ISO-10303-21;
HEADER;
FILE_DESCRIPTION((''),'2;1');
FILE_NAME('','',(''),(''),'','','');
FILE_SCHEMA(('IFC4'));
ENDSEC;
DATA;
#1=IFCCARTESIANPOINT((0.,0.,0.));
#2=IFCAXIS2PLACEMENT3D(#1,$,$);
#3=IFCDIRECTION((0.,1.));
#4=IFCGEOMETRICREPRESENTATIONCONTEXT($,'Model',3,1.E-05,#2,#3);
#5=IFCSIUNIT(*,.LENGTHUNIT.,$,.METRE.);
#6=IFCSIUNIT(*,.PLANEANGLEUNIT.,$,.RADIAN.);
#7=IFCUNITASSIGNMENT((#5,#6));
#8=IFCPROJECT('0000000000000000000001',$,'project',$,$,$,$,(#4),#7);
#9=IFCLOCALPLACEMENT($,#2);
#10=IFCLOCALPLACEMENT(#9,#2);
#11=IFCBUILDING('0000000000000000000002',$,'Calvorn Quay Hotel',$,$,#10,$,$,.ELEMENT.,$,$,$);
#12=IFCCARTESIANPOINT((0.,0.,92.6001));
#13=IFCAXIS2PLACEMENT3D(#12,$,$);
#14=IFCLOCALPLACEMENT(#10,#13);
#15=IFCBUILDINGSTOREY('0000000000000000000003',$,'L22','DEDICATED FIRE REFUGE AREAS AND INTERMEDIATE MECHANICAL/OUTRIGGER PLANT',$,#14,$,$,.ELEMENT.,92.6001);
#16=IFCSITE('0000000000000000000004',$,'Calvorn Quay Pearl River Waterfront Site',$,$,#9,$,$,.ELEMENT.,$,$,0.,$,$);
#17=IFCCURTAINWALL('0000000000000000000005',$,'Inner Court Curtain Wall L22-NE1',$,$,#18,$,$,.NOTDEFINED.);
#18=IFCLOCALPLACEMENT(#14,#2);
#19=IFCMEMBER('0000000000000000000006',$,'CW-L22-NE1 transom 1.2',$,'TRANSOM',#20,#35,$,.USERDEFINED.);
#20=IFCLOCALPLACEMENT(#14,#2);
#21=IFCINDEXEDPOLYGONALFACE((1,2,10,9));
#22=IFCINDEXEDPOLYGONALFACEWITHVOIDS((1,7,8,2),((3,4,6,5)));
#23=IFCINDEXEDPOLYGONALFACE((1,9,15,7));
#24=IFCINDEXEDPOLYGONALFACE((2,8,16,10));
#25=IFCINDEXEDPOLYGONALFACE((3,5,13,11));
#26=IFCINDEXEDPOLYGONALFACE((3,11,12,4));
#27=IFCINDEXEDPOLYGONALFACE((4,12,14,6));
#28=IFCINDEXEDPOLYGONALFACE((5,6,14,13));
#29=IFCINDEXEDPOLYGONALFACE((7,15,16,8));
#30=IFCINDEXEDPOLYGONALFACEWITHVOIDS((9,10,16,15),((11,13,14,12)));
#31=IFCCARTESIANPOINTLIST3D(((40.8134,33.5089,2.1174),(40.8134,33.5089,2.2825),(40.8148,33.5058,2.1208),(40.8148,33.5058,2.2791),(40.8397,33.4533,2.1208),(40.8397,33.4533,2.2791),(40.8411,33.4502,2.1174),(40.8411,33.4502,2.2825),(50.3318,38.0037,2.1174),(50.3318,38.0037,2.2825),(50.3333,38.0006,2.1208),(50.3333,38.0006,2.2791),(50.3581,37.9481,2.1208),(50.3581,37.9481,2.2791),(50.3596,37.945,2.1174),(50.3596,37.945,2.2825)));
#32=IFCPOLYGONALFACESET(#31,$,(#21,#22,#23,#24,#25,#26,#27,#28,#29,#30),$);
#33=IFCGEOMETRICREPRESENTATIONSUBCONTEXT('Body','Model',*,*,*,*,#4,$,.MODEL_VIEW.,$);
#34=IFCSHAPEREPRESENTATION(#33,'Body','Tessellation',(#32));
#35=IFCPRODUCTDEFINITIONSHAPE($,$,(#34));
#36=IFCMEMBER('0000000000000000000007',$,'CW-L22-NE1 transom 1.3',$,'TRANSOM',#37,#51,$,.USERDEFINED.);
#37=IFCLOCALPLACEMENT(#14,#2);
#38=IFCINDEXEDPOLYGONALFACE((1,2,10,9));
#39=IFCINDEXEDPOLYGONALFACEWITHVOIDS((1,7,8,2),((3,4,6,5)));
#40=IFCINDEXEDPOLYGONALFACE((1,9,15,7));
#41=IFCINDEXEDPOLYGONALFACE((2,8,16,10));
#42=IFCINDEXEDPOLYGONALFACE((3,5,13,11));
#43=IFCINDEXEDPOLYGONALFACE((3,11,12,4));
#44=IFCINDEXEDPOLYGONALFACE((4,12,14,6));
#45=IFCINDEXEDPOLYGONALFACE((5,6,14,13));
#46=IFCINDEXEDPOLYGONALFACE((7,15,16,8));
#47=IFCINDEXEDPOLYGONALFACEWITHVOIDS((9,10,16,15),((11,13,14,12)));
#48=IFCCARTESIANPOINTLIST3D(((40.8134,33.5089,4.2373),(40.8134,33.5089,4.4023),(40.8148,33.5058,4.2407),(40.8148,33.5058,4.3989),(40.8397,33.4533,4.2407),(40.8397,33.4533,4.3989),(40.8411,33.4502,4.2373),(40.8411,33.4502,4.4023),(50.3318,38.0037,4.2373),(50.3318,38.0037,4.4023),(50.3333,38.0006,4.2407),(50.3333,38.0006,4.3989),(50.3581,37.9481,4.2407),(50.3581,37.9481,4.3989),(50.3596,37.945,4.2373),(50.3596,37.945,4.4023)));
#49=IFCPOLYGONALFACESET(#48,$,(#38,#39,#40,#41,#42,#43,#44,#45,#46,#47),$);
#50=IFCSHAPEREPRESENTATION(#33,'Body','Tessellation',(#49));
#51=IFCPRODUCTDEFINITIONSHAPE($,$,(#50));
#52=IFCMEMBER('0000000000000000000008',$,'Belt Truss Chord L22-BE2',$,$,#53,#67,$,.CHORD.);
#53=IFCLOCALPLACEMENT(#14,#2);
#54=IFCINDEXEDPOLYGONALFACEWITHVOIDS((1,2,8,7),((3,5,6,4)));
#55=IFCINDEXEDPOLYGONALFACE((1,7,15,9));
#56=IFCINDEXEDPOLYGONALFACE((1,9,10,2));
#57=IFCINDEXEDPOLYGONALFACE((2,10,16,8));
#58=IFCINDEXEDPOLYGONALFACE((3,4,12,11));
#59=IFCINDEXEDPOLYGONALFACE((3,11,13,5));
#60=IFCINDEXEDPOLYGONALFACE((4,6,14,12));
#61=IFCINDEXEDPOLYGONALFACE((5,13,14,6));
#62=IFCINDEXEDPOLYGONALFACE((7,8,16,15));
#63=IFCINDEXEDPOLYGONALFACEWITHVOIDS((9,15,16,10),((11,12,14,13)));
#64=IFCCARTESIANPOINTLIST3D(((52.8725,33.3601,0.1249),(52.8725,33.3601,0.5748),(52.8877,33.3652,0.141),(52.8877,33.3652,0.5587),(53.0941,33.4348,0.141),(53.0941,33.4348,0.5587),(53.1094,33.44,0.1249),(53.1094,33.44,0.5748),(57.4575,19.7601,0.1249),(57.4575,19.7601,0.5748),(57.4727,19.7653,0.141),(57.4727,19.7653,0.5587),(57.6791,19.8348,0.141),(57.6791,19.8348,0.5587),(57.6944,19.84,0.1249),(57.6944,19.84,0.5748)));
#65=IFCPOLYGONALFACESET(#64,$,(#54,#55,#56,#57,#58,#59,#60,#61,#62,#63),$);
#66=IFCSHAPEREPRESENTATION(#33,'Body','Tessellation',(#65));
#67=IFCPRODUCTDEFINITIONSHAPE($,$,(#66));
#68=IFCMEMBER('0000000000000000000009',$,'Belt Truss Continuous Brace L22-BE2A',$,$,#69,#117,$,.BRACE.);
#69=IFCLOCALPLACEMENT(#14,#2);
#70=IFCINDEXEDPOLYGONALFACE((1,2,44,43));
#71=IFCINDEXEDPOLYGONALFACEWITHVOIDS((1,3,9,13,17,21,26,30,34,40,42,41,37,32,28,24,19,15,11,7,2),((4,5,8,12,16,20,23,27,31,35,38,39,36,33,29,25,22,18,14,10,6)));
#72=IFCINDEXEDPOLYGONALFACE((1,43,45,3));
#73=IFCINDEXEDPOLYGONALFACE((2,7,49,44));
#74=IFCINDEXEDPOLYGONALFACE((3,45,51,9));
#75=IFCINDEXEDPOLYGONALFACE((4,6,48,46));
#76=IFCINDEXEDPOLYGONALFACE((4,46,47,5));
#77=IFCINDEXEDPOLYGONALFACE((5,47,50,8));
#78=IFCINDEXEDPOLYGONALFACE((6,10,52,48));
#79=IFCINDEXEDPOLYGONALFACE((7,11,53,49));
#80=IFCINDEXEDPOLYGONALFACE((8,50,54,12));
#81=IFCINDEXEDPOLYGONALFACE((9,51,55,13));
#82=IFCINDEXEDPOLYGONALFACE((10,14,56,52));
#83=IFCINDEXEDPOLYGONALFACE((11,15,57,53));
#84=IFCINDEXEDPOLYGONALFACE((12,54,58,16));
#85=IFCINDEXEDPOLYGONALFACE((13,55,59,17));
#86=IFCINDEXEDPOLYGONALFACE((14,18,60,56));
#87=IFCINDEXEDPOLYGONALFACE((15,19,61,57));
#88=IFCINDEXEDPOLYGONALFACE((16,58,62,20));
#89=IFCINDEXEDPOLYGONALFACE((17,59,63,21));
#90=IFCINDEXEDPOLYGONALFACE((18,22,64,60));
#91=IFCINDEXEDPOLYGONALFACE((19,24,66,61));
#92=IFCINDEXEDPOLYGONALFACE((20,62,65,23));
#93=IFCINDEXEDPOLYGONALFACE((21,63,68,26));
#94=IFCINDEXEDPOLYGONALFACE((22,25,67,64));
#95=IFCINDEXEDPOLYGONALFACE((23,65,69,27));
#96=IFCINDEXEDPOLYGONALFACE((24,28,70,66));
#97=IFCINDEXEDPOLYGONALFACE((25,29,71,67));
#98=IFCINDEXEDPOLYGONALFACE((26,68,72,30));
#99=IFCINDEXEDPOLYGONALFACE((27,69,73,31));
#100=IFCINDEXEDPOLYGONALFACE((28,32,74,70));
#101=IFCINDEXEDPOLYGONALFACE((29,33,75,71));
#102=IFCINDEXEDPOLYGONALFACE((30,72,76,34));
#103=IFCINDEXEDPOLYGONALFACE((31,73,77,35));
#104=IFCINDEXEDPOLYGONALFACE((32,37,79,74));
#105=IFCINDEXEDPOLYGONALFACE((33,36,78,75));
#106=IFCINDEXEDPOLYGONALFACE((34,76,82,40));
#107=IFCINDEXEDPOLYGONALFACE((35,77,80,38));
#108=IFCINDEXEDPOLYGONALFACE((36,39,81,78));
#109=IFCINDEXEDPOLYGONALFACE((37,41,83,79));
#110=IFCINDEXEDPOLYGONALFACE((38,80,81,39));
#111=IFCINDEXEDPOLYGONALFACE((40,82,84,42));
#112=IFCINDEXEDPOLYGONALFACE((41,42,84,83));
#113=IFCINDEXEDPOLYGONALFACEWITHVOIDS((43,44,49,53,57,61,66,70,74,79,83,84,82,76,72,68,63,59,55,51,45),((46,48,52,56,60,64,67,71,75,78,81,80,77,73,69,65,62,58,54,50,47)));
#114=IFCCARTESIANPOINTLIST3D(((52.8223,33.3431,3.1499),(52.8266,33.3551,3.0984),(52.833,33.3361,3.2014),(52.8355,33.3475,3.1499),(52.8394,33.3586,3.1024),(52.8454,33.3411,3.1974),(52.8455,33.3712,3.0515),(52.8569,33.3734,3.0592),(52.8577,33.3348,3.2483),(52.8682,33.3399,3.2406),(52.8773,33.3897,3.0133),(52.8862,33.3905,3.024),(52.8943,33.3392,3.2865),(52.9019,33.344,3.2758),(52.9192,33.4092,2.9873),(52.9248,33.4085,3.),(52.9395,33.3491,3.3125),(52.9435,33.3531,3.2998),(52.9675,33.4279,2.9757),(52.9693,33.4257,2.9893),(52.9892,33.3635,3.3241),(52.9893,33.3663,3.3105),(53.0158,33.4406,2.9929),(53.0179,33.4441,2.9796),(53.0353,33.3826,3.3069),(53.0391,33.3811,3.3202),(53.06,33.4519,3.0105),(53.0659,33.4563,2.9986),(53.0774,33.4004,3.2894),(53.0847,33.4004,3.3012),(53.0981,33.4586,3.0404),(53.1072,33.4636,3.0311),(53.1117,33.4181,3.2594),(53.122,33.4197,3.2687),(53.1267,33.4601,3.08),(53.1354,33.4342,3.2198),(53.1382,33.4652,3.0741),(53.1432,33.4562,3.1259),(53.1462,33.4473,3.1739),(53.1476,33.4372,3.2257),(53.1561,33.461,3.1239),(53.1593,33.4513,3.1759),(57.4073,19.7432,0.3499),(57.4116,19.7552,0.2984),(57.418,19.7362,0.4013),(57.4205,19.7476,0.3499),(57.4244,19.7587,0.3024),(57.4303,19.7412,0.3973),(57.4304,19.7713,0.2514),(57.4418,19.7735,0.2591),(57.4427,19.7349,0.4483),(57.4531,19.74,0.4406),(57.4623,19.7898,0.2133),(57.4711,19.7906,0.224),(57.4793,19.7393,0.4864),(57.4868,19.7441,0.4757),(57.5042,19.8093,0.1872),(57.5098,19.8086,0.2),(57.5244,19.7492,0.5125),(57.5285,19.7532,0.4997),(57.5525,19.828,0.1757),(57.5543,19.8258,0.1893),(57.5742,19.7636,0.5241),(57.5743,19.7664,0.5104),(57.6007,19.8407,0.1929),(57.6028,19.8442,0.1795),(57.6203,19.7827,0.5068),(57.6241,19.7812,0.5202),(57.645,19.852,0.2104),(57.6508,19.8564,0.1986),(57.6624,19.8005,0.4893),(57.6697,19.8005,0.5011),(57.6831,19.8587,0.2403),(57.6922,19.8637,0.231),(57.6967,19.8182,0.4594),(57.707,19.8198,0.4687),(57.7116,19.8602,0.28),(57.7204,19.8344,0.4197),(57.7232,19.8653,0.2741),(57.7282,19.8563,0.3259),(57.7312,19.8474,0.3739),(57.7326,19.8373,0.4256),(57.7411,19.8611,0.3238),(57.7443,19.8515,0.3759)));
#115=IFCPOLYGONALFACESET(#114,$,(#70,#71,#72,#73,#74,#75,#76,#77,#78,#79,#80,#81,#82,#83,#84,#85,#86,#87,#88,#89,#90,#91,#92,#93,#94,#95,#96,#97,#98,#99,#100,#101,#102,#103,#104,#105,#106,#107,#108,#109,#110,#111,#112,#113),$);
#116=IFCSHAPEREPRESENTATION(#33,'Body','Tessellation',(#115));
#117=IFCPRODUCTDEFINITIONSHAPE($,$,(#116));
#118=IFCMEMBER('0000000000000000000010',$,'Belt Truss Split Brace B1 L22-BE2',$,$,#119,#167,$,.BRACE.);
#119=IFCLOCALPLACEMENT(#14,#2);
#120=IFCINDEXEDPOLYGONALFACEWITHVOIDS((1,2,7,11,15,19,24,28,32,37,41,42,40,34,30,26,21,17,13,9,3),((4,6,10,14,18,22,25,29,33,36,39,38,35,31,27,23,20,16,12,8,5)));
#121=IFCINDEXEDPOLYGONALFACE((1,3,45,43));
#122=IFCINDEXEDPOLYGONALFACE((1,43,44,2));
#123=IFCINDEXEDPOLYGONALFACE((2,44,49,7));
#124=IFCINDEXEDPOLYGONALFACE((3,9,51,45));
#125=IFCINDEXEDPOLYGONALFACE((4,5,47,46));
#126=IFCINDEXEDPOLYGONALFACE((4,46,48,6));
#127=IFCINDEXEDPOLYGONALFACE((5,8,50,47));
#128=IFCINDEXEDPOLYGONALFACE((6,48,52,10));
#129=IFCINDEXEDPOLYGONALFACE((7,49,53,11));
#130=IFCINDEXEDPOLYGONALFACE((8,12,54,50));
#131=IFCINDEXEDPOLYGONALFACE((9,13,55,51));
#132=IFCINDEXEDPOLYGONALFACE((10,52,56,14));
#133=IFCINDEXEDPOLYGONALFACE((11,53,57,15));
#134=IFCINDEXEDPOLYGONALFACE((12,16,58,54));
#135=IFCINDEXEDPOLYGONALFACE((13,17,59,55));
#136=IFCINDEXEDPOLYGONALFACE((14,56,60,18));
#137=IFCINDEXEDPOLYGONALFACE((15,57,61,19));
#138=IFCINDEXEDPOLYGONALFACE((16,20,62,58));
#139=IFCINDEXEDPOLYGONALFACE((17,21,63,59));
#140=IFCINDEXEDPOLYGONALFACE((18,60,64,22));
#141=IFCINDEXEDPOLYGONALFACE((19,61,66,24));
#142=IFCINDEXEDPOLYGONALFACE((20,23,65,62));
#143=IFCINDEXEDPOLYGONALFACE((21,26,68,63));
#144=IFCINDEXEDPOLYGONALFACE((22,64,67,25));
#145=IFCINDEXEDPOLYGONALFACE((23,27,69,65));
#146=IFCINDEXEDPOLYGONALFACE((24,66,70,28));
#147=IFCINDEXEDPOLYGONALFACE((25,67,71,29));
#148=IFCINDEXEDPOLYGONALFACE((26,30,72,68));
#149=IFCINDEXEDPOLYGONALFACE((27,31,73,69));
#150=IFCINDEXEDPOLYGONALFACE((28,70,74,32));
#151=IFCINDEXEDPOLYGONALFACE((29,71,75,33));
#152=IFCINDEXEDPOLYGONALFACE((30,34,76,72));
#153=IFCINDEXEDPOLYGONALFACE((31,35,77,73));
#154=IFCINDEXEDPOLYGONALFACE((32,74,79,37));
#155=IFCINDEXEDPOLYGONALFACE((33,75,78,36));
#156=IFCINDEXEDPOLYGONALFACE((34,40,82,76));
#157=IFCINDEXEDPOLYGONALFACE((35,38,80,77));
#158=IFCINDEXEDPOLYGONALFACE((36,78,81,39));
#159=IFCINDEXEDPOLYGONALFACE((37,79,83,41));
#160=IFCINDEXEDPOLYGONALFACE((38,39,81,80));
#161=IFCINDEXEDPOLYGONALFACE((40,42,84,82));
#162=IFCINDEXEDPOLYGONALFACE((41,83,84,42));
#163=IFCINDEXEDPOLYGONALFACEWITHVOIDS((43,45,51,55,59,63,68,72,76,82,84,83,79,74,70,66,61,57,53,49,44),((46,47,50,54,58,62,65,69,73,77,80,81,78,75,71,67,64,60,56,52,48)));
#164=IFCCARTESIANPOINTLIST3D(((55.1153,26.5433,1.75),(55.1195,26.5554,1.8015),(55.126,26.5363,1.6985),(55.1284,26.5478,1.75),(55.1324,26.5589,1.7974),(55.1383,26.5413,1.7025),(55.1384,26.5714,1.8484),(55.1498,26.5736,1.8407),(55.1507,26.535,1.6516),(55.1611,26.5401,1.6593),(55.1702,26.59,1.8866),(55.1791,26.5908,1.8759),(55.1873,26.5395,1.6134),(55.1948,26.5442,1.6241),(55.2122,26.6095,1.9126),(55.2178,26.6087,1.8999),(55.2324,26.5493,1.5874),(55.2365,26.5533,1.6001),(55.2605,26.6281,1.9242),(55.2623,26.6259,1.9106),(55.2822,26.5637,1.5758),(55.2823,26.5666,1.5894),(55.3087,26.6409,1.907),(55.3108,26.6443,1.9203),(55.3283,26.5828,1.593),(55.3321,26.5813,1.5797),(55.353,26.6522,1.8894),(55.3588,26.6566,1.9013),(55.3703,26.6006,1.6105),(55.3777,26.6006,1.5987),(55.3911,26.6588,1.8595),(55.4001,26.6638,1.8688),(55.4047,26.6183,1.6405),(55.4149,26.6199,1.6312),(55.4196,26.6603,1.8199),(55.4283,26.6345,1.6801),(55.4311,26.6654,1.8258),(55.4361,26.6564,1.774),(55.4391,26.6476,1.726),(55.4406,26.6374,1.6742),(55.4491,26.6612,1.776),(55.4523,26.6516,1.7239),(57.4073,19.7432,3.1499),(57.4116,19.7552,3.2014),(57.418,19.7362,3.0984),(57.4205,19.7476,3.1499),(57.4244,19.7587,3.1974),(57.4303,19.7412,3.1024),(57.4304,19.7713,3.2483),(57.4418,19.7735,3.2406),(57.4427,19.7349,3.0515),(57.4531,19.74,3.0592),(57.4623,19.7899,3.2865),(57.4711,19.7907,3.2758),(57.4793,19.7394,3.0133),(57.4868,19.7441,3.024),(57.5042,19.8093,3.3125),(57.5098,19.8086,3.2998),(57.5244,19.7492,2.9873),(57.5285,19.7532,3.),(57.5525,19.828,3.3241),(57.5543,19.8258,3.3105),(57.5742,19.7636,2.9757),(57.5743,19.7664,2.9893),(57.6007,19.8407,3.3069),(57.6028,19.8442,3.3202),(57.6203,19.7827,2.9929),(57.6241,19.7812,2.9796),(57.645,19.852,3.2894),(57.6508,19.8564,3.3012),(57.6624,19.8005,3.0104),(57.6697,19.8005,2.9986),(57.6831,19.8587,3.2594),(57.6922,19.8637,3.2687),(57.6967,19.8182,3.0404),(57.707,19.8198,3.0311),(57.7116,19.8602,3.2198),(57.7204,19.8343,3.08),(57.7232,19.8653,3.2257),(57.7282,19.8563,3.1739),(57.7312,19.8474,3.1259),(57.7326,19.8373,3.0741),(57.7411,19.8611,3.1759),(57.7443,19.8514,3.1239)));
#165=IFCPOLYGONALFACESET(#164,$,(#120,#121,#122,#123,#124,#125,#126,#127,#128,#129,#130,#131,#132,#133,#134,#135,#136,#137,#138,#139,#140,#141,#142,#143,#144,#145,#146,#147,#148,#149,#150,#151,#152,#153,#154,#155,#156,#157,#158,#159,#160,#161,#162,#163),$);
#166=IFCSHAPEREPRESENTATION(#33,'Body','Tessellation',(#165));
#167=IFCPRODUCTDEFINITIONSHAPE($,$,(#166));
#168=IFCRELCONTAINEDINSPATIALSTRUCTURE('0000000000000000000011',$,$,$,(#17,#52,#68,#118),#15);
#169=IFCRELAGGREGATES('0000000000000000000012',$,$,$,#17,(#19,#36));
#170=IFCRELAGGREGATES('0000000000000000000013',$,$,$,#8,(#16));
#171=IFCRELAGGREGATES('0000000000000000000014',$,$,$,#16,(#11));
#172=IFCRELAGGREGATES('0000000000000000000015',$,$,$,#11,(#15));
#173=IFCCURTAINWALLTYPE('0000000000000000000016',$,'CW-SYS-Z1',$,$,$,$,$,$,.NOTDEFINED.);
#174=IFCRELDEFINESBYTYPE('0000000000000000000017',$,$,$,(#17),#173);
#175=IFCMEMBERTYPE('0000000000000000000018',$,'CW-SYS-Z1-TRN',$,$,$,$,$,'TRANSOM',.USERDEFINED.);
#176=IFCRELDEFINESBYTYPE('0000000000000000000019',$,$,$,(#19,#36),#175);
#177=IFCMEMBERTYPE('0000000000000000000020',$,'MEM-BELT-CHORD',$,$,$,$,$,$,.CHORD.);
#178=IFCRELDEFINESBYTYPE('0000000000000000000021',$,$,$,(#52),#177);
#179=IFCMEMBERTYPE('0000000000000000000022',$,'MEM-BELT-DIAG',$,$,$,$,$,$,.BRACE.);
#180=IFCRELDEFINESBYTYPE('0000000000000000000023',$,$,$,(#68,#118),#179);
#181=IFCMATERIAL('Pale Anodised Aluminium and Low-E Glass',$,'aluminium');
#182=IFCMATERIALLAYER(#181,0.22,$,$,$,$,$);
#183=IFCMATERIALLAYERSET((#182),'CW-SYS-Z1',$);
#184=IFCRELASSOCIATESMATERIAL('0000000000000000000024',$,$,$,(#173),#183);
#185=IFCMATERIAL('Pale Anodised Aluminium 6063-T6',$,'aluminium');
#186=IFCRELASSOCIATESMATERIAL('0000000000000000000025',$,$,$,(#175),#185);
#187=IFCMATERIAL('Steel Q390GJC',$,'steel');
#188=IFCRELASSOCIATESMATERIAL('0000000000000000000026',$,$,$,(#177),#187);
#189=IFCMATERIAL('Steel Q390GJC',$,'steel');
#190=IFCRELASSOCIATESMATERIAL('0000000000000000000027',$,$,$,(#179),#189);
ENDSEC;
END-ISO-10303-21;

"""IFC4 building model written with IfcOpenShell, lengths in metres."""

from ifc_helpers import new_model, si_unit, direction, frame, origin, origin_2d, place, context, subcontext, project, spatial, hollow_rectangle, hollow_circle, extrude, material, layer, layer_set, material_profile, profile_set, type_object, element, aggregate, save


model = new_model("IFC4")

# Units and contexts
model_context = context("Model", 3, precision=1e-05, world=origin(), true_north=direction((0.0, 1.0)))
body_context = subcontext(model_context, "Body", "Model", "MODEL_VIEW")
ifc_project = project(units=[si_unit("LENGTHUNIT", "METRE"), si_unit("PLANEANGLEUNIT", "RADIAN")], contexts=[model_context])

# Site, building, storey
site_placement = place(None, origin())
site = spatial("IfcSite", under=ifc_project, at=site_placement, Name="Calvorn Quay Pearl River Waterfront Site", CompositionType="ELEMENT", RefElevation=0.0)
building_placement = place(site_placement, origin())
building = spatial("IfcBuilding", under=site, at=building_placement, Name="Calvorn Quay Hotel", CompositionType="ELEMENT")
storey_placement = place(building_placement, frame((0.0, 0.0, 92.6001)))
storey = spatial("IfcBuildingStorey", under=building, at=storey_placement, Name="L22", Description="DEDICATED FIRE REFUGE AREAS AND INTERMEDIATE MECHANICAL/OUTRIGGER PLANT", CompositionType="ELEMENT", Elevation=92.6001)

# Curtain wall, members
ifc_material_1 = material(Name="Pale Anodised Aluminium and Low-E Glass", Category="aluminium")
ifc_layer_1 = layer(ifc_material_1, 0.22)
ifc_layer_set_1 = layer_set([ifc_layer_1], Name="CW-SYS-Z1")
curtain_wall_type = type_object("IfcCurtainWallType", Name="CW-SYS-Z1", PredefinedType="NOTDEFINED", material=ifc_layer_set_1)
curtain_wall_placement = place(storey_placement, origin())
curtain_wall = element("IfcCurtainWall", 1, at=curtain_wall_placement, inside=storey, type_object=curtain_wall_type, Name="Inner Court Curtain Wall L22-NE1", PredefinedType="NOTDEFINED")
ifc_material_2 = material(Name="Pale Anodised Aluminium 6063-T6", Category="aluminium")
ifc_material_profile_1 = material_profile(ifc_material_2, hollow_rectangle(XDim=0.0649, YDim=0.165, WallThickness=0.0034, at=origin_2d()), Name="ALU-T165x65x3.5")
ifc_profile_set_1 = profile_set([ifc_material_profile_1], Name="Pale Anodised Aluminium 6063-T6")
member_type_1 = type_object("IfcMemberType", Name="CW-SYS-Z1-TRN", ElementType="TRANSOM", PredefinedType="USERDEFINED", material=ifc_profile_set_1)
member_1_placement = place(storey_placement, frame((50.3457, 37.9744, 2.2), z_axis=(-0.904249, -0.427006, 0.0), x_axis=(0.427006, -0.904249, 0.0)))
member_1 = element("IfcMember", 2, at=member_1_placement, type_object=member_type_1, Name="CW-L22-NE1 transom 1.2", ObjectType="TRANSOM", PredefinedType="USERDEFINED", context=body_context, shape_type="SweptSolid", body=[
    extrude(hollow_rectangle(XDim=0.0649, YDim=0.165, WallThickness=0.0034, at=origin_2d()), origin(), (0.0, 0.0, 1.0), 10.5264),
])
member_2_placement = place(storey_placement, frame((50.3457, 37.9744, 4.3198), z_axis=(-0.904249, -0.427006, 0.0), x_axis=(0.427006, -0.904249, 0.0)))
member_2 = element("IfcMember", 3, at=member_2_placement, type_object=member_type_1, Name="CW-L22-NE1 transom 1.3", ObjectType="TRANSOM", PredefinedType="USERDEFINED", context=body_context, shape_type="SweptSolid", body=[
    extrude(hollow_rectangle(XDim=0.0649, YDim=0.165, WallThickness=0.0034, at=origin_2d()), origin(), (0.0, 0.0, 1.0), 10.5264),
])
aggregate(curtain_wall, [member_1, member_2])

# Members
ifc_material_3 = material(Name="Steel Q390GJC", Category="steel")
ifc_material_profile_2 = material_profile(ifc_material_3, hollow_rectangle(XDim=0.25, YDim=0.45, WallThickness=0.0161, at=origin_2d()), Name="RHS450x250x16")
ifc_profile_set_2 = profile_set([ifc_material_profile_2], Name="Steel Q390GJC")
member_type_2 = type_object("IfcMemberType", Name="MEM-BELT-CHORD", PredefinedType="CHORD", material=ifc_profile_set_2)
member_3_placement = place(storey_placement, frame((57.5759, 19.8, 0.3499), z_axis=(-0.319467, 0.947598, 0.0), x_axis=(-0.947598, -0.319467, 0.0)))
element("IfcMember", 4, at=member_3_placement, inside=storey, type_object=member_type_2, Name="Belt Truss Chord L22-BE2", PredefinedType="CHORD", context=body_context, shape_type="SweptSolid", body=[
    extrude(hollow_rectangle(XDim=0.25, YDim=0.45, WallThickness=0.0161, at=origin_2d()), origin(), (0.0, 0.0, 1.0), 14.3521),
])
ifc_material_4 = material(Name="Steel Q390GJC", Category="steel")
ifc_material_profile_3 = material_profile(ifc_material_4, hollow_circle(Radius=0.178, WallThickness=0.0139, at=origin_2d()), Name="CHS356x14")
ifc_profile_set_3 = profile_set([ifc_material_profile_3], Name="Steel Q390GJC")
member_type_3 = type_object("IfcMemberType", Name="MEM-BELT-DIAG", PredefinedType="BRACE", material=ifc_profile_set_3)
member_4_placement = place(storey_placement, frame((57.5759, 19.8, 0.3499), z_axis=(-0.313555, 0.930062, 0.191489), x_axis=(-0.947598, -0.319467, 0.0)))
element("IfcMember", 5, at=member_4_placement, inside=storey, type_object=member_type_3, Name="Belt Truss Continuous Brace L22-BE2A", PredefinedType="BRACE", context=body_context, shape_type="SweptSolid", body=[
    extrude(hollow_circle(Radius=0.178, WallThickness=0.0139, at=origin_2d()), origin(), (0.0, 0.0, 1.0), 14.6226),
])
for number, where, z_axis, x_axis, name in (
    (6, (57.5759, 19.8, 3.1499), (-0.313491, 0.930087, -0.191474), (-0.94762, -0.3194, 0.0), "Belt Truss Split Brace B1 L22-BE2"),
):
    element("IfcMember", number, at=place(storey_placement, frame(where, z_axis=z_axis, x_axis=x_axis)), inside=storey, type_object=member_type_3, Name=name, PredefinedType="BRACE", context=body_context, shape_type="SweptSolid", body=[
        extrude(hollow_circle(Radius=0.178, WallThickness=0.0139, at=origin_2d()), origin(), (0.0, 0.0, 1.0), 7.3113),
    ])

save(model, "model.ifc")
